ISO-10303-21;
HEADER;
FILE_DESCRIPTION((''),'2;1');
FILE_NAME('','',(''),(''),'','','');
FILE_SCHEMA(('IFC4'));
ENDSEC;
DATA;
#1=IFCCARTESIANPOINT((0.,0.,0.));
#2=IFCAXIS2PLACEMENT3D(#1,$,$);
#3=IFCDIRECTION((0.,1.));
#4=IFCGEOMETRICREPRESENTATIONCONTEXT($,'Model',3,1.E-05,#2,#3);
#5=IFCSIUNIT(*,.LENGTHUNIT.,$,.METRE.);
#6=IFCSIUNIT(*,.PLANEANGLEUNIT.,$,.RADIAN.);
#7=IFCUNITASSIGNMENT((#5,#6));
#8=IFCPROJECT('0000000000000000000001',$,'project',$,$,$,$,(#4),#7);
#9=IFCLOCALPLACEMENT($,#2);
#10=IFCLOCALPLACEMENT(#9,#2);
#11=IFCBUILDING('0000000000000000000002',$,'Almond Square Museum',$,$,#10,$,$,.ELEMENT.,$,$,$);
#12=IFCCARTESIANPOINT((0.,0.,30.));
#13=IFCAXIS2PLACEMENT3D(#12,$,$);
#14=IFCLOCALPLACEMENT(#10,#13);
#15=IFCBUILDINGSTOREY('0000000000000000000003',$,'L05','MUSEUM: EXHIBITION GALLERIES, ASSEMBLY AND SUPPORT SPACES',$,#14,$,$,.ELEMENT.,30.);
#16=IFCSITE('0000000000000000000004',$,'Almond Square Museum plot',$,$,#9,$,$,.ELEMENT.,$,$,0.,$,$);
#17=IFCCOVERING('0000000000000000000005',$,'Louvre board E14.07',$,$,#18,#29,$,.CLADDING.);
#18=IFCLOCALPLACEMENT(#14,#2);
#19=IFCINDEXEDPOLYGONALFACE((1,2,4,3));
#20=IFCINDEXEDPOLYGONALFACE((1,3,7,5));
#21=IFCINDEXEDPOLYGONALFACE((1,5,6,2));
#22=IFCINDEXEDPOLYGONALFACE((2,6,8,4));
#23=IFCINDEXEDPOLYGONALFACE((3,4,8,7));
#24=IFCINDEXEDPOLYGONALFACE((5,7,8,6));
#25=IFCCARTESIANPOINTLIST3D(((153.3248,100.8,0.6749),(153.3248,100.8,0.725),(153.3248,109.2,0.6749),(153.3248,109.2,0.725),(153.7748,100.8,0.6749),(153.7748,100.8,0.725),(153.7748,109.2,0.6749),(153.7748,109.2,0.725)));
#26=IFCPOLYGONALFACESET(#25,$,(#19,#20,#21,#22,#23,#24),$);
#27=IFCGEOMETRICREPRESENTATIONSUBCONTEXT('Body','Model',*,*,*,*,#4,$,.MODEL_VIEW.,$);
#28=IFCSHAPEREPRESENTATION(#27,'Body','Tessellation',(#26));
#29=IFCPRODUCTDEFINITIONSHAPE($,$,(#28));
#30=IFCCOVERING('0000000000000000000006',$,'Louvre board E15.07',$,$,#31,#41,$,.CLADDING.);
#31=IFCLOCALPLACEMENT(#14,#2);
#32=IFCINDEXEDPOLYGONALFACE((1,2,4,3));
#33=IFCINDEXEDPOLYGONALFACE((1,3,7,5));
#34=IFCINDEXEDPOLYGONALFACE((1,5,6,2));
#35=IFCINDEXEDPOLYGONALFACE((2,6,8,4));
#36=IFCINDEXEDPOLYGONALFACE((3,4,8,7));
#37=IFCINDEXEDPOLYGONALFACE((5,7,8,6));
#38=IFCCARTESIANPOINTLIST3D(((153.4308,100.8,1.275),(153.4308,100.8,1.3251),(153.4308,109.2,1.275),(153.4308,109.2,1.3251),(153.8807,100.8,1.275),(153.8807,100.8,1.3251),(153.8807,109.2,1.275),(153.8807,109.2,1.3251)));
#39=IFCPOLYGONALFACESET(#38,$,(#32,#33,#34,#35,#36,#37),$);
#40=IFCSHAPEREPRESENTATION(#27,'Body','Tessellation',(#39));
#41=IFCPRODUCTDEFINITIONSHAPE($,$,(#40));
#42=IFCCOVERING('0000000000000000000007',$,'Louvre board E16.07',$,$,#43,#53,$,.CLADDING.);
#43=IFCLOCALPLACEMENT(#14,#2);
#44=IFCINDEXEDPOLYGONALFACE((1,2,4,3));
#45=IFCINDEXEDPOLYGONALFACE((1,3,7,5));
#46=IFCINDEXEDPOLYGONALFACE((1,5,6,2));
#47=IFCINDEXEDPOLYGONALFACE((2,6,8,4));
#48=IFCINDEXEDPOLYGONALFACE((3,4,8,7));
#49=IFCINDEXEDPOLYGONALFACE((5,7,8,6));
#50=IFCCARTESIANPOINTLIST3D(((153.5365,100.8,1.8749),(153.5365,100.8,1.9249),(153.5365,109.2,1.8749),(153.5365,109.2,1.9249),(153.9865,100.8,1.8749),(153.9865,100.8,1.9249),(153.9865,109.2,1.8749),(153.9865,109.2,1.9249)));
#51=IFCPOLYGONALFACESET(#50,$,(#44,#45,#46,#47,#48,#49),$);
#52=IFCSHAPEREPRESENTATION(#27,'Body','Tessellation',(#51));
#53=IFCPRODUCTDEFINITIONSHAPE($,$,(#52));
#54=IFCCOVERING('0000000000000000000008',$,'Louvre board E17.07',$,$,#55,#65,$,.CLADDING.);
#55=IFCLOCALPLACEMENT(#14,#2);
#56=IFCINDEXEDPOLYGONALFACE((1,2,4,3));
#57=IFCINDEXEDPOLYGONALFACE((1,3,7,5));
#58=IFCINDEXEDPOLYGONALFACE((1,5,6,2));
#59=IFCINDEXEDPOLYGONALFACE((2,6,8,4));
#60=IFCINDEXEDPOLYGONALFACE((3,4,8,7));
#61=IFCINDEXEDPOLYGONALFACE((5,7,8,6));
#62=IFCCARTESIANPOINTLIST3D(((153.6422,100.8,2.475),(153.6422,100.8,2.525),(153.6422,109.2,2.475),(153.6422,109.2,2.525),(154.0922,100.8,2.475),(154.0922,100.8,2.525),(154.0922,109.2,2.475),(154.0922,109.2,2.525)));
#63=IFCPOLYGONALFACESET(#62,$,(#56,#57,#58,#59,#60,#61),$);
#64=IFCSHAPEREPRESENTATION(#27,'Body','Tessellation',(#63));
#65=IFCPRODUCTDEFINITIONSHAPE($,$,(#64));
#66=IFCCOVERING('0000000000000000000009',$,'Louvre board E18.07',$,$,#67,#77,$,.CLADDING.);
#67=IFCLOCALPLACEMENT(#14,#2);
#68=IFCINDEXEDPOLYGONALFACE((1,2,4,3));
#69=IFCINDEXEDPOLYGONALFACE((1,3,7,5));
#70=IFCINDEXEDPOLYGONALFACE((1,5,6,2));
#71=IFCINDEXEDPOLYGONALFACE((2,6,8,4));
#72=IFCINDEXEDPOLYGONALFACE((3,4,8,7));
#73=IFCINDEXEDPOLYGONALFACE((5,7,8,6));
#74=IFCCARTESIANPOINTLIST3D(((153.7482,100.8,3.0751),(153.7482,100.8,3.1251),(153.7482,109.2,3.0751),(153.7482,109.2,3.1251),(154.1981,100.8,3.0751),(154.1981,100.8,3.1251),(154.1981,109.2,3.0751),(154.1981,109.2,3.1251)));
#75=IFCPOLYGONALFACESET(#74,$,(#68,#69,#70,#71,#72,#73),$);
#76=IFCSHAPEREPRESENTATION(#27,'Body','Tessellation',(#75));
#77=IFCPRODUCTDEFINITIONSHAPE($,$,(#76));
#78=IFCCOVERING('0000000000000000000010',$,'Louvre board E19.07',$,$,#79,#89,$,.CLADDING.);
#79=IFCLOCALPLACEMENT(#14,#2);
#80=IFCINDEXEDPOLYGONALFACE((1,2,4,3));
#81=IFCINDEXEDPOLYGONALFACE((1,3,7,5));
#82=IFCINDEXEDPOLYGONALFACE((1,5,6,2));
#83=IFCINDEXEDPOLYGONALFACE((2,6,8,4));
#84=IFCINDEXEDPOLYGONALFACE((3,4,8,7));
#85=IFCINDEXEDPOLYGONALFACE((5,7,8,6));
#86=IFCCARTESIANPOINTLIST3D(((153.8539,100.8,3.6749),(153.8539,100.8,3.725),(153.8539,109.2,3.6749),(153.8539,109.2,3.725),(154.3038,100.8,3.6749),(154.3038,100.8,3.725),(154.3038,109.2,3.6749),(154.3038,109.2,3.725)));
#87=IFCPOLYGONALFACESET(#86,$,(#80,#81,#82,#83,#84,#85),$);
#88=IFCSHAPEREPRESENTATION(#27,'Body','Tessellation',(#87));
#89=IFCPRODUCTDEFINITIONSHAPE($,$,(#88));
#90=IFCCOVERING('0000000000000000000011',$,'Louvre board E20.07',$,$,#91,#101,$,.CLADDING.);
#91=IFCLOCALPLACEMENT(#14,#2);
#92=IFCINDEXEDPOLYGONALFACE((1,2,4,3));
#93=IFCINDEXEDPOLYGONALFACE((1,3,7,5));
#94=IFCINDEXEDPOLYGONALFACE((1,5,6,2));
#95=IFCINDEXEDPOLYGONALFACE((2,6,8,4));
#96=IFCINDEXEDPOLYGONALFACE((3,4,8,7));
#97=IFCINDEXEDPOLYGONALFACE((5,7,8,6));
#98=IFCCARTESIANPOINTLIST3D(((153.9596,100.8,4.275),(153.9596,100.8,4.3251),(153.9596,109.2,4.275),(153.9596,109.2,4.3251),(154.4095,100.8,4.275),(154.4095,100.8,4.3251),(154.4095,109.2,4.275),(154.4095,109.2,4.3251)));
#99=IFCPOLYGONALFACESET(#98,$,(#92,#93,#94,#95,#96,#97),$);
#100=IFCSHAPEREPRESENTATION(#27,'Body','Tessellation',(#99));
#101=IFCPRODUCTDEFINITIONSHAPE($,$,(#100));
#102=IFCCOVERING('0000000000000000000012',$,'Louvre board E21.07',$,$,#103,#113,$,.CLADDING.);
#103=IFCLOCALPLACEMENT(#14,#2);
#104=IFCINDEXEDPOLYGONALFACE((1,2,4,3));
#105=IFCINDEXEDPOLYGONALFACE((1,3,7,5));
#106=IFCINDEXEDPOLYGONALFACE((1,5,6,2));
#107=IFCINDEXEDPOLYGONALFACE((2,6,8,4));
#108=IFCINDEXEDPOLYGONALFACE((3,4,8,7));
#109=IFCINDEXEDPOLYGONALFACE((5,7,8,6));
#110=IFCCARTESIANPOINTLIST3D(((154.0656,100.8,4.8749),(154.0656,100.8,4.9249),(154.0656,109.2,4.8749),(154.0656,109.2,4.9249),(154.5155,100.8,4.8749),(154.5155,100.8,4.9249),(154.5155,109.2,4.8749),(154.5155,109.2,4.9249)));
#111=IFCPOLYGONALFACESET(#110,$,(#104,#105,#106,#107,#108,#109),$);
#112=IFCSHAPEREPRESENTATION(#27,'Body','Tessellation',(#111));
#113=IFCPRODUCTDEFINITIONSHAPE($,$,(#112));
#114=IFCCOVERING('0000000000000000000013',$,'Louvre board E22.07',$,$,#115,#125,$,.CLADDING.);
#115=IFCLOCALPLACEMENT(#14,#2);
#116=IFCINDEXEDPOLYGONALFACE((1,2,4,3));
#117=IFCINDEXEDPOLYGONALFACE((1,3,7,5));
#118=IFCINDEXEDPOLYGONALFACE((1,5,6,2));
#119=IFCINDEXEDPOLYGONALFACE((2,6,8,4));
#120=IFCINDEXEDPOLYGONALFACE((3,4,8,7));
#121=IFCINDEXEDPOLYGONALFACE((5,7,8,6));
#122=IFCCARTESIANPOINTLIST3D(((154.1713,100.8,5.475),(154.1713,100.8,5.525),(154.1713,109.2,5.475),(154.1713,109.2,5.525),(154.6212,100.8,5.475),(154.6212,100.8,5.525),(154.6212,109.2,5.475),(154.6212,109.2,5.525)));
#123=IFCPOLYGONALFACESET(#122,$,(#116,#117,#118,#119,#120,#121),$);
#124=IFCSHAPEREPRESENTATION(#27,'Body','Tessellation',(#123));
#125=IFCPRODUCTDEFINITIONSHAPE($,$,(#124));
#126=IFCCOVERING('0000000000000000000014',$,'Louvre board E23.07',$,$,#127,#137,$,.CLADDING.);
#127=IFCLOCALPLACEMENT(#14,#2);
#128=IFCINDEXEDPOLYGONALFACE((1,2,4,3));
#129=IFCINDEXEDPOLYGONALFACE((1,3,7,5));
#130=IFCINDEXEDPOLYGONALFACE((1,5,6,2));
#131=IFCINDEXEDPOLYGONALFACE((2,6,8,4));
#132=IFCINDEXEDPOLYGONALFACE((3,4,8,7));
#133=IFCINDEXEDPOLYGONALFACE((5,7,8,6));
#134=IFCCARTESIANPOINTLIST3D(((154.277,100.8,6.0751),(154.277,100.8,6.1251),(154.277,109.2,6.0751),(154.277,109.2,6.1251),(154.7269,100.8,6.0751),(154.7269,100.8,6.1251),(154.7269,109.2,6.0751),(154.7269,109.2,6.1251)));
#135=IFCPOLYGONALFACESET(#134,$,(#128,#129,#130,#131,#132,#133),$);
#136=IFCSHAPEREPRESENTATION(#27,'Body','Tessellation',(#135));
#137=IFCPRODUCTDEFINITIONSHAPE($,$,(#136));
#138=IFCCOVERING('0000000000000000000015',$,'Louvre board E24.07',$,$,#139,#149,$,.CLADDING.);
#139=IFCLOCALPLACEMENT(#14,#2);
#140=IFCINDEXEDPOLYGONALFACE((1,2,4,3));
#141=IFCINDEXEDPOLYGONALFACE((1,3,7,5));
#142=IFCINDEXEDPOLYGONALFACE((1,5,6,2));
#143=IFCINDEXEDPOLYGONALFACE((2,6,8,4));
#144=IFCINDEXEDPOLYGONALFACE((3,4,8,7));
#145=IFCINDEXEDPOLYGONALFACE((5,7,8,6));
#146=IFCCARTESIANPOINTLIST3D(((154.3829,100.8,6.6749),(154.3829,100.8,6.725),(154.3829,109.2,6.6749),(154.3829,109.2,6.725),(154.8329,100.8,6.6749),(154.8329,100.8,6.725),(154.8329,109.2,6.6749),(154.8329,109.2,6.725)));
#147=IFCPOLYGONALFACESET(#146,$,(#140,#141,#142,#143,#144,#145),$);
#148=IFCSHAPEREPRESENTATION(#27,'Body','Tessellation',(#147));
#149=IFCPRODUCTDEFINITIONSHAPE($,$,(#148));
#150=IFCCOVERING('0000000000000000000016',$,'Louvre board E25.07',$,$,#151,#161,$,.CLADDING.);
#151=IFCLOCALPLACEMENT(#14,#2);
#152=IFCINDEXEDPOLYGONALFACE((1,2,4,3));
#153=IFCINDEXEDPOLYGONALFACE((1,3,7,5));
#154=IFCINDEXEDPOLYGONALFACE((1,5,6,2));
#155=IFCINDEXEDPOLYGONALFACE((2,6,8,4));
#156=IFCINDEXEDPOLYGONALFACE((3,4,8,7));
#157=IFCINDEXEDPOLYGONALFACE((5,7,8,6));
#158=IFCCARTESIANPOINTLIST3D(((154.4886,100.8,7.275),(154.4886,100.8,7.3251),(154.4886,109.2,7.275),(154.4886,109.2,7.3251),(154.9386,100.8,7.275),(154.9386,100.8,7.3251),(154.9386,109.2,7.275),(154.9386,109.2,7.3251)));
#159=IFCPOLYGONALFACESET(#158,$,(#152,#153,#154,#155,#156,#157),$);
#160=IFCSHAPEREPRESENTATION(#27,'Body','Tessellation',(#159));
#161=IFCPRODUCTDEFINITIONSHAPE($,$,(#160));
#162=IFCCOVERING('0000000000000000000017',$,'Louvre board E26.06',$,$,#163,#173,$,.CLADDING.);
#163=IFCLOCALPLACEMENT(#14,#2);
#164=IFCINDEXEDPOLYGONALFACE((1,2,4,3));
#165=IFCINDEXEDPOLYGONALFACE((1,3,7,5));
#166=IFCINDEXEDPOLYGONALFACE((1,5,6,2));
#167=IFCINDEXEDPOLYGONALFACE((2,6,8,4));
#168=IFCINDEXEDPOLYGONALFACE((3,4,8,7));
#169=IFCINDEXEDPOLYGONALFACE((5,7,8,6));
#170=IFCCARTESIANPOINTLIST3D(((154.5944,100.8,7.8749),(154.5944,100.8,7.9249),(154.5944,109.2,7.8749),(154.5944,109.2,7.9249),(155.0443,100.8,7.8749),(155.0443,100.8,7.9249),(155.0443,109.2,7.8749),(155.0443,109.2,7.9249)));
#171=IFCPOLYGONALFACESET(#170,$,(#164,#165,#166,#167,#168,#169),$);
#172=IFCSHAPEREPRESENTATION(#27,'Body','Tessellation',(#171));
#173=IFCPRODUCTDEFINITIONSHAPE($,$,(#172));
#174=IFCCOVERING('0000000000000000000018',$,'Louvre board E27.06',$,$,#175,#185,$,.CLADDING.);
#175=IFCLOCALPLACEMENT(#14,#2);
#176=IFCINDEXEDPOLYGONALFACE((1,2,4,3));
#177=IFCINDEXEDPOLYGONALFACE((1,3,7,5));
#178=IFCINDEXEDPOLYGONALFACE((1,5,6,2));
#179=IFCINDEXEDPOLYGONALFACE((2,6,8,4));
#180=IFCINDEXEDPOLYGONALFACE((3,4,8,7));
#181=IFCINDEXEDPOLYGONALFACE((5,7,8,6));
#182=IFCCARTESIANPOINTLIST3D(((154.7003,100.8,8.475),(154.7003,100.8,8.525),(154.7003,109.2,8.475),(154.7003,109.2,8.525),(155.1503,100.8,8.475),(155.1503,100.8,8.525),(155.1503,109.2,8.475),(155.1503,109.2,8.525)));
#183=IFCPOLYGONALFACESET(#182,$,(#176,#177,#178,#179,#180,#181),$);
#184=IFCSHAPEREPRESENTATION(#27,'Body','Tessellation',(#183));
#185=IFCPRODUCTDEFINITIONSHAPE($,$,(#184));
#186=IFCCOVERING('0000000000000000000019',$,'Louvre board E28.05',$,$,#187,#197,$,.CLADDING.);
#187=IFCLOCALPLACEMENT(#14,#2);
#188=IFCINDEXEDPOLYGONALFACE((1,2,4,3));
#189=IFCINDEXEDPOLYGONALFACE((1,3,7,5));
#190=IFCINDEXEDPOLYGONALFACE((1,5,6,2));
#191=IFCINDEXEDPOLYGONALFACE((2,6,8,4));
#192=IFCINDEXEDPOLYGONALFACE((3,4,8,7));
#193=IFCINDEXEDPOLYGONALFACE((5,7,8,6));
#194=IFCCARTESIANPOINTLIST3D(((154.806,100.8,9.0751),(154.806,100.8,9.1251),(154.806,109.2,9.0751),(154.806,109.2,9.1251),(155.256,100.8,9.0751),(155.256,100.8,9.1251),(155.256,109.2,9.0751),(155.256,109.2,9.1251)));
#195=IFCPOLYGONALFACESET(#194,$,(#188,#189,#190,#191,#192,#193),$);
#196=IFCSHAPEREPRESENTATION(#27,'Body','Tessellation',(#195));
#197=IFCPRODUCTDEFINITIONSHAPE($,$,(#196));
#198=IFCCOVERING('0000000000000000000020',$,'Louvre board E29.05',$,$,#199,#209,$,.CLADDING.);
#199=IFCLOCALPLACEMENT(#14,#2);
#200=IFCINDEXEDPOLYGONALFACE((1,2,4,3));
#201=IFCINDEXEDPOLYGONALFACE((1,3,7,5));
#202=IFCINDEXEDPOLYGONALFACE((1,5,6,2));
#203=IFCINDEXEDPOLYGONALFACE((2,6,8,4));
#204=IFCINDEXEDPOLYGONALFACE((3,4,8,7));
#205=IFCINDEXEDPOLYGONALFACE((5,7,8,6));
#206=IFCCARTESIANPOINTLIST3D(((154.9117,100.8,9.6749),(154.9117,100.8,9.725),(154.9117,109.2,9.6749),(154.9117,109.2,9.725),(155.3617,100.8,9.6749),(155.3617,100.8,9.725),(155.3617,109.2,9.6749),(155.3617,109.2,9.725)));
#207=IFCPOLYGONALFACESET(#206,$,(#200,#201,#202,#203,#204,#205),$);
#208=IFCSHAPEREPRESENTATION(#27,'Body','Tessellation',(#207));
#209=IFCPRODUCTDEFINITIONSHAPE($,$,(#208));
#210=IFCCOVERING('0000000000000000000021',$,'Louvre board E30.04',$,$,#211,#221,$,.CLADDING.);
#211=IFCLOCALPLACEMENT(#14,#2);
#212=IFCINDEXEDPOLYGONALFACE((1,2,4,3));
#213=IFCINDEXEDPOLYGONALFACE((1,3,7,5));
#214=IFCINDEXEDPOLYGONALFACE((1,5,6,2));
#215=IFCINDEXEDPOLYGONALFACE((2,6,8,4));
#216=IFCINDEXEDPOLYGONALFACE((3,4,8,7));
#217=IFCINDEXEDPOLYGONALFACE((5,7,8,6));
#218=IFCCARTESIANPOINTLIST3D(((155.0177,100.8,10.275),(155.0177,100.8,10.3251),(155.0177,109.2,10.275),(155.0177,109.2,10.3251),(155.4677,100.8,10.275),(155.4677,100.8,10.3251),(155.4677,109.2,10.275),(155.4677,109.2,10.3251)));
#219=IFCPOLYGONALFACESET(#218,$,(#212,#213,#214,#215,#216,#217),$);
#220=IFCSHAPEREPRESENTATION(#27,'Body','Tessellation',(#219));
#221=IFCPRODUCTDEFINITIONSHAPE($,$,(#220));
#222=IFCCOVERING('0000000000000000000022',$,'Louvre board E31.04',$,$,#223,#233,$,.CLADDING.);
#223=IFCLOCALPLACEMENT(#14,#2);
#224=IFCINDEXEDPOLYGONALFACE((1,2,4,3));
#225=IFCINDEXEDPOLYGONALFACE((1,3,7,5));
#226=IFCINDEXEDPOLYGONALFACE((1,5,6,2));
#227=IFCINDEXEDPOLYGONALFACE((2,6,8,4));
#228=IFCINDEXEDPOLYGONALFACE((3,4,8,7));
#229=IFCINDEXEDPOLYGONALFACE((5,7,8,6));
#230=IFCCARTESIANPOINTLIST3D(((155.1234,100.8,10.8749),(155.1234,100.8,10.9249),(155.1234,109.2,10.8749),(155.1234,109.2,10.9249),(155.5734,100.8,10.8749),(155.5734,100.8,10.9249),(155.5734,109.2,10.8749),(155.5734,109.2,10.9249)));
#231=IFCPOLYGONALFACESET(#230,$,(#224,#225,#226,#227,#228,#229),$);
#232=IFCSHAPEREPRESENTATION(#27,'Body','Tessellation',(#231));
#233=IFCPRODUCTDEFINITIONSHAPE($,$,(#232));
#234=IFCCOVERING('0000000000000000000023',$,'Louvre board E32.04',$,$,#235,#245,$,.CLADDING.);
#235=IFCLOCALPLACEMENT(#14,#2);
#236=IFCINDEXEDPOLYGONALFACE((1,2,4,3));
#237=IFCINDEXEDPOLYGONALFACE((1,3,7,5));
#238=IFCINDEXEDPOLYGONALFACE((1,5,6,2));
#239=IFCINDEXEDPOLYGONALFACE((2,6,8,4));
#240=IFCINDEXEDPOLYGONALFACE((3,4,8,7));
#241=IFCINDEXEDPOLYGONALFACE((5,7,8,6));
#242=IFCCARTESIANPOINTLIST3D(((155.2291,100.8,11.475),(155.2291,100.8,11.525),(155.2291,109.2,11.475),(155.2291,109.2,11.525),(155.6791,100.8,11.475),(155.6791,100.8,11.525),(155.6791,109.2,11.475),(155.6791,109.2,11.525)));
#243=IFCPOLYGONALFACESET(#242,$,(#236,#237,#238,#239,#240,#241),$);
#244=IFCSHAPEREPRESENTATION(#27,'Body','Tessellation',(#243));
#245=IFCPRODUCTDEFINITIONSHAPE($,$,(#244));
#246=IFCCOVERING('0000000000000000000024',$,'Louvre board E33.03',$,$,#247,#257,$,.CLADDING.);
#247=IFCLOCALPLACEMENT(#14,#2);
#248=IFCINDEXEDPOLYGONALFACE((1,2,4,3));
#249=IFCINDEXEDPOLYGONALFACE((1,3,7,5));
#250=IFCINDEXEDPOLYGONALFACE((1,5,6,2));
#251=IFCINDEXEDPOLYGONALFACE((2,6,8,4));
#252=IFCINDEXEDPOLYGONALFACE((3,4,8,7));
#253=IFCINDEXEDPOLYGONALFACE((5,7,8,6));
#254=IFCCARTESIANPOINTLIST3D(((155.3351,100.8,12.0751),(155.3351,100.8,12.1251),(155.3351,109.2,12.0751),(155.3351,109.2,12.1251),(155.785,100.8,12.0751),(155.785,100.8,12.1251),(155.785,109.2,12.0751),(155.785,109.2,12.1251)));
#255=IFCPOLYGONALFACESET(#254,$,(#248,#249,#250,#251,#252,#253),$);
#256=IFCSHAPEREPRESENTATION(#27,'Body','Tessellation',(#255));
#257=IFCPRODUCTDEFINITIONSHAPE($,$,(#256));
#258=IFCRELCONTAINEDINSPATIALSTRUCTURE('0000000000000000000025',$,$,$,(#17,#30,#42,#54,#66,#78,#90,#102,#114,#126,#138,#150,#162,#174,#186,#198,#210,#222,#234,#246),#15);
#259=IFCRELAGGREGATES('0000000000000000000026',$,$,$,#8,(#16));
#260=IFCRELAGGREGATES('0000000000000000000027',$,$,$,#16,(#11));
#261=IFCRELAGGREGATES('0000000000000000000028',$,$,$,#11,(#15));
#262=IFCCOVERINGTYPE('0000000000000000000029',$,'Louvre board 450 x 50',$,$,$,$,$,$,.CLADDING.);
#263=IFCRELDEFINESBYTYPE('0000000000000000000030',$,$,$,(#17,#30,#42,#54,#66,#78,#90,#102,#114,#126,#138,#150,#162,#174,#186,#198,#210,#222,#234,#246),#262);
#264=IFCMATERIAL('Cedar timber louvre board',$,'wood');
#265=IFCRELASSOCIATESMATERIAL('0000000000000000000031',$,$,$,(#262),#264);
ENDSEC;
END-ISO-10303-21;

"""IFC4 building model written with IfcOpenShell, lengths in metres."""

from ifc_helpers import new_model, si_unit, direction, frame, origin, origin_2d, place, context, subcontext, project, spatial, rectangle, extrude, material, material_profile, profile_set, type_object, element, save


model = new_model("IFC4")

# Units and contexts
model_context = context("Model", 3, precision=1e-05, world=origin(), true_north=direction((0.0, 1.0)))
body_context = subcontext(model_context, "Body", "Model", "MODEL_VIEW")
ifc_project = project(units=[si_unit("LENGTHUNIT", "METRE"), si_unit("PLANEANGLEUNIT", "RADIAN")], contexts=[model_context])

# Site, building, storey
site_placement = place(None, origin())
site = spatial("IfcSite", under=ifc_project, at=site_placement, Name="Almond Square Museum plot", CompositionType="ELEMENT", RefElevation=0.0)
building_placement = place(site_placement, origin())
building = spatial("IfcBuilding", under=site, at=building_placement, Name="Almond Square Museum", CompositionType="ELEMENT")
storey_placement = place(building_placement, frame((0.0, 0.0, 30.0)))
storey = spatial("IfcBuildingStorey", under=building, at=storey_placement, Name="L05", Description="MUSEUM: EXHIBITION GALLERIES, ASSEMBLY AND SUPPORT SPACES", CompositionType="ELEMENT", Elevation=30.0)

# Coverings
ifc_material_1 = material(Name="Cedar timber louvre board", Category="wood")
ifc_material_profile_1 = material_profile(ifc_material_1, rectangle(XDim=0.45, YDim=0.05, at=origin_2d()))
ifc_profile_set_1 = profile_set([ifc_material_profile_1], Name="Cedar timber louvre board")
covering_type = type_object("IfcCoveringType", Name="Louvre board 450 x 50", PredefinedType="CLADDING", material=ifc_profile_set_1)
for number, where, z_axis, x_axis, name in (
    (1, (153.5498, 100.8, 0.7), (0.0, 1.0, 0.0), (-1.0, 0.0, 0.0), "Louvre board E14.07"),
    (2, (153.6558, 100.8, 1.3), (0.0, 1.0, 0.0), (-1.0, 0.0, 0.0), "Louvre board E15.07"),
    (3, (153.7615, 100.8, 1.8999), (0.0, 1.0, 0.0), (-1.0, 0.0, 0.0), "Louvre board E16.07"),
    (4, (153.8672, 100.8, 2.5), (0.0, 1.0, 0.0), (-1.0, 0.0, 0.0), "Louvre board E17.07"),
    (5, (153.9731, 100.8, 3.1001), (0.0, 1.0, 0.0), (-1.0, 0.0, 0.0), "Louvre board E18.07"),
    (6, (154.0789, 100.8, 3.7), (0.0, 1.0, 0.0), (-1.0, 0.0, 0.0), "Louvre board E19.07"),
    (7, (154.1846, 100.8, 4.3), (0.0, 1.0, 0.0), (-1.0, 0.0, 0.0), "Louvre board E20.07"),
    (8, (154.2905, 100.8, 4.8999), (0.0, 1.0, 0.0), (-1.0, 0.0, 0.0), "Louvre board E21.07"),
    (9, (154.3962, 100.8, 5.5), (0.0, 1.0, 0.0), (-1.0, 0.0, 0.0), "Louvre board E22.07"),
    (10, (154.502, 100.8, 6.1001), (0.0, 1.0, 0.0), (-1.0, 0.0, 0.0), "Louvre board E23.07"),
    (11, (154.6079, 100.8, 6.7), (0.0, 1.0, 0.0), (-1.0, 0.0, 0.0), "Louvre board E24.07"),
    (12, (154.7136, 100.8, 7.3), (0.0, 1.0, 0.0), (-1.0, 0.0, 0.0), "Louvre board E25.07"),
    (13, (154.8193, 100.8, 7.8999), (0.0, 1.0, 0.0), (-1.0, 0.0, 0.0), "Louvre board E26.06"),
    (14, (154.9253, 100.8, 8.5), (0.0, 1.0, 0.0), (-1.0, 0.0, 0.0), "Louvre board E27.06"),
    (15, (155.031, 100.8, 9.1001), (0.0, 1.0, 0.0), (-1.0, 0.0, 0.0), "Louvre board E28.05"),
    (16, (155.1367, 100.8, 9.7), (0.0, 1.0, 0.0), (-1.0, 0.0, 0.0), "Louvre board E29.05"),
    (17, (155.2427, 100.8, 10.3), (0.0, 1.0, 0.0), (-1.0, 0.0, 0.0), "Louvre board E30.04"),
    (18, (155.3484, 100.8, 10.8999), (0.0, 1.0, 0.0), (-1.0, 0.0, 0.0), "Louvre board E31.04"),
    (19, (155.4541, 100.8, 11.5), (0.0, 1.0, 0.0), (-1.0, 0.0, 0.0), "Louvre board E32.04"),
    (20, (155.5601, 100.8, 12.1001), (0.0, 1.0, 0.0), (-1.0, 0.0, 0.0), "Louvre board E33.03"),
):
    element("IfcCovering", number, at=place(storey_placement, frame(where, z_axis=z_axis, x_axis=x_axis)), inside=storey, type_object=covering_type, Name=name, PredefinedType="CLADDING", context=body_context, shape_type="SweptSolid", body=[
        extrude(rectangle(XDim=0.45, YDim=0.05, at=origin_2d()), origin(), (0.0, 0.0, 1.0), 8.3999),
    ])

save(model, "model.ifc")
